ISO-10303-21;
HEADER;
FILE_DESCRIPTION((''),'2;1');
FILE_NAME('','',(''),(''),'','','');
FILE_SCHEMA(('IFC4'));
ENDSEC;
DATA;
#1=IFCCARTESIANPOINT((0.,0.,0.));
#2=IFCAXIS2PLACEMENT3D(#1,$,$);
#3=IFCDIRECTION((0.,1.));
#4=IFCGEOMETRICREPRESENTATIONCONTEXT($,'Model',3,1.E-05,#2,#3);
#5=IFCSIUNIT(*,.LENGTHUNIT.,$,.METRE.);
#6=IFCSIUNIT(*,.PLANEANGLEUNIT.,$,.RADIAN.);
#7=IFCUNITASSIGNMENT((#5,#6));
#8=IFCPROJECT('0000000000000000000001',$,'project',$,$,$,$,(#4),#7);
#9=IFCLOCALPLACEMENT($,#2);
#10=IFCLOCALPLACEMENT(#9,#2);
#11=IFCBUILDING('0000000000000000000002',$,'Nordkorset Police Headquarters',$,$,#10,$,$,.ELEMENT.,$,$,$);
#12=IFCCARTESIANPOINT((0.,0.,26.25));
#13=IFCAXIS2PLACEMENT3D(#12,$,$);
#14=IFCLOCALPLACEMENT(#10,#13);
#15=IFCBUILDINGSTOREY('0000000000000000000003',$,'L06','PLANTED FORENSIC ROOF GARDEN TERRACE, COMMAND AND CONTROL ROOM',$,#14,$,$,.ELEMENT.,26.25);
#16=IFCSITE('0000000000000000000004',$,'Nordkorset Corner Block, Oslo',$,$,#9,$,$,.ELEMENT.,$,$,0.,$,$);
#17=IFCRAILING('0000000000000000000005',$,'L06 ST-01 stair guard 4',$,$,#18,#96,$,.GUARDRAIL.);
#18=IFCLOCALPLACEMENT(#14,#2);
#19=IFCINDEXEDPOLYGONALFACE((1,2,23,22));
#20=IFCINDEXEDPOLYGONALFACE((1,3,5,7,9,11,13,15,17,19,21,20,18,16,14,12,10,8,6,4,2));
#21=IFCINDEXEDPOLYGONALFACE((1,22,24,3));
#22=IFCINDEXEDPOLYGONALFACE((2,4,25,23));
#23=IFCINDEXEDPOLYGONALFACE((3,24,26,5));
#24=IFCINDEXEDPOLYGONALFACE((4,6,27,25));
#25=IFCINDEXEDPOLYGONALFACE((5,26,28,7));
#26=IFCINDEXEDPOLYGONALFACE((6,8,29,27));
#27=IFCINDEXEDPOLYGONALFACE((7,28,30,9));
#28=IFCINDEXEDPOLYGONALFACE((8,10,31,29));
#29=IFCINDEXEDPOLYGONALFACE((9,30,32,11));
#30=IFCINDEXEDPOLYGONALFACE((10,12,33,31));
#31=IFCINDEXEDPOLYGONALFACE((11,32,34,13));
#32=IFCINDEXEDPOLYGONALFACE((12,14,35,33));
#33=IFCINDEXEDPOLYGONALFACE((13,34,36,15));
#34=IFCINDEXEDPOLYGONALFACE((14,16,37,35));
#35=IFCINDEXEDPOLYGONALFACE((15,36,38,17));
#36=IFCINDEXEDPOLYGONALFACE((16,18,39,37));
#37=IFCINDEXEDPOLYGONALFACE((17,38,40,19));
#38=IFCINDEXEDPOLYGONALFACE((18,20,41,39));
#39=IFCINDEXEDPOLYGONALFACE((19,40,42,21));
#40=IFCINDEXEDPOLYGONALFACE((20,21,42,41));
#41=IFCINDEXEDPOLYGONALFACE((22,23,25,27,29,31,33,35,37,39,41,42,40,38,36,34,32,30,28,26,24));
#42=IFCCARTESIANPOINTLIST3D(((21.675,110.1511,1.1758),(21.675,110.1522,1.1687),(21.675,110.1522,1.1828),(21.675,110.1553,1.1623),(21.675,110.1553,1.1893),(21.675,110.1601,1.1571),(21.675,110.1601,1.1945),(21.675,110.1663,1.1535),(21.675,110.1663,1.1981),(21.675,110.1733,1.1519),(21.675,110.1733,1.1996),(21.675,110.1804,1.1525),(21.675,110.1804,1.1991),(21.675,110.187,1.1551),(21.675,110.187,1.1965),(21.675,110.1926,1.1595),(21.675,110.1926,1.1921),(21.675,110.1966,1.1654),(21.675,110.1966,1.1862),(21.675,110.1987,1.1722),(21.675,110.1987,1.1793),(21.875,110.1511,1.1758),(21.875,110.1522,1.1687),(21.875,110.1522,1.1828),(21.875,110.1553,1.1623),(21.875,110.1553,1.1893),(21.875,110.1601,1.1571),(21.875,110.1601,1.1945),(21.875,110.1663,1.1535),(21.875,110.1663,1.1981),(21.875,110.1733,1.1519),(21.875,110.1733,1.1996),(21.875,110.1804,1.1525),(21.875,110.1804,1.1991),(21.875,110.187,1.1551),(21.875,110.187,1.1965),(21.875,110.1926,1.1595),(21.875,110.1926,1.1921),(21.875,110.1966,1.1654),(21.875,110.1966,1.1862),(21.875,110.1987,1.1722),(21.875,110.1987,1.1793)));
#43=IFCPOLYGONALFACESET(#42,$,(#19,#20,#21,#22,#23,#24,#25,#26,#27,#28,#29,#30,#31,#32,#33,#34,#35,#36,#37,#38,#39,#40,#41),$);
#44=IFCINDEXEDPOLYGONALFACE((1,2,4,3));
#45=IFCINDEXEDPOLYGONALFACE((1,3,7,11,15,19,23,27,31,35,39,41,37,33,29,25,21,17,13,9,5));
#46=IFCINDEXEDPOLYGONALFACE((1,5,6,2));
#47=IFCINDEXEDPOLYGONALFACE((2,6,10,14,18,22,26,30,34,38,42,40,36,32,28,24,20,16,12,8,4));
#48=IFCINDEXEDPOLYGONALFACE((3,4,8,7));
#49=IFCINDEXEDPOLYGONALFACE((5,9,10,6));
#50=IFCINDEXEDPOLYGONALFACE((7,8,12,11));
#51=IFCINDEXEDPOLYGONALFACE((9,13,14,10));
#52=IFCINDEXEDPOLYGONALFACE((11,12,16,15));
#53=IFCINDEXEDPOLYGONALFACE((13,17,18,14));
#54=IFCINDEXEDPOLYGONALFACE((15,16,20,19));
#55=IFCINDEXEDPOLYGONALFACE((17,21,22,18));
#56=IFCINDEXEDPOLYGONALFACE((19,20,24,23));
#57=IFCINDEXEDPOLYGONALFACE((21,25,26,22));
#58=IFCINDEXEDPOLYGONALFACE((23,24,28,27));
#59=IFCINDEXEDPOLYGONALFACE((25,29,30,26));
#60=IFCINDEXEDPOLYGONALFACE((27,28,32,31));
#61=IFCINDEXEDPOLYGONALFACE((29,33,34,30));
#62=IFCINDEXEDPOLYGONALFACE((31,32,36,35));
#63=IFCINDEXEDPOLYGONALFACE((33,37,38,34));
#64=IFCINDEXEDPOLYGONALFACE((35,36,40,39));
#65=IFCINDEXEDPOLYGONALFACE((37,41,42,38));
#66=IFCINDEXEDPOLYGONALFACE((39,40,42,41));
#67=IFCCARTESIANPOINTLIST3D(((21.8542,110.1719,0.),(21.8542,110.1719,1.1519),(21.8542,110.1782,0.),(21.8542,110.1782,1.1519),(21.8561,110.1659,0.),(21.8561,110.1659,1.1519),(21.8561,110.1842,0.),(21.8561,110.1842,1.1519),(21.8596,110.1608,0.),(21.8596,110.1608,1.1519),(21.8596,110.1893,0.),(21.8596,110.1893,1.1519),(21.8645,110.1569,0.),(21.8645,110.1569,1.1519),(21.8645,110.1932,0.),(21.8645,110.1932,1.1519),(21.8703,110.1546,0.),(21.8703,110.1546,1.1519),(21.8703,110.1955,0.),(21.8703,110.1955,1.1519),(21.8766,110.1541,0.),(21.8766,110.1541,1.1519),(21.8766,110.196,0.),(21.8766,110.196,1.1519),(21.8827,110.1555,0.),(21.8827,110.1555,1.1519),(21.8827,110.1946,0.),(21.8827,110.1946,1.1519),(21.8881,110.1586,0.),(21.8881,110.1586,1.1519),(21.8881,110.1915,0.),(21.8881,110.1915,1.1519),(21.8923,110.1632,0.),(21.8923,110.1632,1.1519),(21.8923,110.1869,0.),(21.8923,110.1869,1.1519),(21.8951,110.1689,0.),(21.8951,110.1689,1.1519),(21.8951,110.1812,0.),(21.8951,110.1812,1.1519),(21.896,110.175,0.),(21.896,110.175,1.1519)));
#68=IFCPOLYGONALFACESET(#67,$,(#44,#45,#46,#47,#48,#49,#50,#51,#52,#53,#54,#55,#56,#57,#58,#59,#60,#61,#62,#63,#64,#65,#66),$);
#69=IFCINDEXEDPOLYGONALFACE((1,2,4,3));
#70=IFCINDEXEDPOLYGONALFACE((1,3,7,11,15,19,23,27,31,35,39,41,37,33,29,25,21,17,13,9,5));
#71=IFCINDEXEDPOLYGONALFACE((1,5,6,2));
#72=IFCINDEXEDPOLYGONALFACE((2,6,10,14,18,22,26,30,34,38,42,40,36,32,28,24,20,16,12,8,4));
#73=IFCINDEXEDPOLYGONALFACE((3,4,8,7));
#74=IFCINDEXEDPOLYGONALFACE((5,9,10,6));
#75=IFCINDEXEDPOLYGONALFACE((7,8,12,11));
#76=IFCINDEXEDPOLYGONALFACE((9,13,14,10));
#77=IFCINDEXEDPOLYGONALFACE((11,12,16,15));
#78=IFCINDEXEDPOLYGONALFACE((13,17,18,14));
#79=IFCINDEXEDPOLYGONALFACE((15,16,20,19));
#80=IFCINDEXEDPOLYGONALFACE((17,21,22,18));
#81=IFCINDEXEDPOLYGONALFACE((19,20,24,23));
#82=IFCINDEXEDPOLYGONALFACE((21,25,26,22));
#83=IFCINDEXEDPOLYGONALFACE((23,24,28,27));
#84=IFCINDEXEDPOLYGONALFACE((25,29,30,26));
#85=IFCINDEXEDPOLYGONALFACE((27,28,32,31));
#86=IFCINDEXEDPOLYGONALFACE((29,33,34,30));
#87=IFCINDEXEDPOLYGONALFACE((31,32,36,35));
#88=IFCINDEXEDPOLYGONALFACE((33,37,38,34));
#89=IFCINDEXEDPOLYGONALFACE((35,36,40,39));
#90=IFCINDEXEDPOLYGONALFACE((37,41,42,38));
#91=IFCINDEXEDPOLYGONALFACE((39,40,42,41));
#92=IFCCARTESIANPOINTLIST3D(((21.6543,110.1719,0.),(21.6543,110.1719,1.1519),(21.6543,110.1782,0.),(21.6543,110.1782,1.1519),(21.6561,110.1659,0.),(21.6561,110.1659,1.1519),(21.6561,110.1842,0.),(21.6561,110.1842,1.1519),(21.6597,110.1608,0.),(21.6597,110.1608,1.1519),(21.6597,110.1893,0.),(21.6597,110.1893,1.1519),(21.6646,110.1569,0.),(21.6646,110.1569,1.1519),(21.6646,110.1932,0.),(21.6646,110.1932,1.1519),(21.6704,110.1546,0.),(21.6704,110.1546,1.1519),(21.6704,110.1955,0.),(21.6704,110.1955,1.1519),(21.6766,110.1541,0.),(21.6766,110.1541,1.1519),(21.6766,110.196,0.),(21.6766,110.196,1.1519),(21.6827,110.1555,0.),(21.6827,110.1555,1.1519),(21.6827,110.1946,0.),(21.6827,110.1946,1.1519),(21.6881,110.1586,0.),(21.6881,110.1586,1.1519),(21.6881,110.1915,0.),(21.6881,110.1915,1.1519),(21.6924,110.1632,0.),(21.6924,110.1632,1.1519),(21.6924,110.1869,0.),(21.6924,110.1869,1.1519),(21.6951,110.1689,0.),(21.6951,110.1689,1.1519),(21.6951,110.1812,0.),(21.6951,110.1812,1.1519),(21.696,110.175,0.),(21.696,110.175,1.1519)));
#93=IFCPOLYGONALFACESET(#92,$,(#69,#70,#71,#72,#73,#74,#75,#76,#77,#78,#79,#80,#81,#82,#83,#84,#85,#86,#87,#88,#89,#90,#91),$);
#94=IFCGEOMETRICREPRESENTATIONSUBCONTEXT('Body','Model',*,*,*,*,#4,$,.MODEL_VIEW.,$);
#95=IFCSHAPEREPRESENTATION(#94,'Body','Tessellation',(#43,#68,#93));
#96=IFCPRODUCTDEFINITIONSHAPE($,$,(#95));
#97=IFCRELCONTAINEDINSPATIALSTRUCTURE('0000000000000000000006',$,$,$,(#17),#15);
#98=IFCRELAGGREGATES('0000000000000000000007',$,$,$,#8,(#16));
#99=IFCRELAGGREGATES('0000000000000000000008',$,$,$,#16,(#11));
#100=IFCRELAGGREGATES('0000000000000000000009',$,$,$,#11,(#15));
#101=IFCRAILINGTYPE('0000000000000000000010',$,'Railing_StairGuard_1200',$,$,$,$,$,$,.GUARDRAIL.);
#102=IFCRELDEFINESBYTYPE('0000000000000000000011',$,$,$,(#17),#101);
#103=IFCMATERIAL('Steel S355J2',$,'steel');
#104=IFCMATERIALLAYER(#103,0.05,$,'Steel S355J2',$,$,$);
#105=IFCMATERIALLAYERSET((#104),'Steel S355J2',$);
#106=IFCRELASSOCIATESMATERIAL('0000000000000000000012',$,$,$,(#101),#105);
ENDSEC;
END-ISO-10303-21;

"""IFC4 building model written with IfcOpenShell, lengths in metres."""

from ifc_helpers import new_model, si_unit, direction, frame, origin, origin_2d, place, context, subcontext, project, spatial, circle, extrude, material, layer, layer_set, type_object, element, save


model = new_model("IFC4")

# Units and contexts
model_context = context("Model", 3, precision=1e-05, world=origin(), true_north=direction((0.0, 1.0)))
body_context = subcontext(model_context, "Body", "Model", "MODEL_VIEW")
ifc_project = project(units=[si_unit("LENGTHUNIT", "METRE"), si_unit("PLANEANGLEUNIT", "RADIAN")], contexts=[model_context])

# Site, building, storey
site_placement = place(None, origin())
site = spatial("IfcSite", under=ifc_project, at=site_placement, Name="Nordkorset Corner Block, Oslo", CompositionType="ELEMENT", RefElevation=0.0)
building_placement = place(site_placement, origin())
building = spatial("IfcBuilding", under=site, at=building_placement, Name="Nordkorset Police Headquarters", CompositionType="ELEMENT")
storey_placement = place(building_placement, frame((0.0, 0.0, 26.25)))
storey = spatial("IfcBuildingStorey", under=building, at=storey_placement, Name="L06", Description="PLANTED FORENSIC ROOF GARDEN TERRACE, COMMAND AND CONTROL ROOM", CompositionType="ELEMENT", Elevation=26.25)

# Railing
ifc_material_1 = material(Name="Steel S355J2", Category="steel")
ifc_layer_1 = layer(ifc_material_1, 0.05, Name="Steel S355J2")
ifc_layer_set_1 = layer_set([ifc_layer_1], Name="Steel S355J2")
railing_type_1 = type_object("IfcRailingType", Name="Railing_StairGuard_1200", PredefinedType="GUARDRAIL", material=ifc_layer_set_1)
railing_1_placement = place(storey_placement, frame((21.875, 110.175, 0.0)))
element("IfcRailing", 1, at=railing_1_placement, inside=storey, type_object=railing_type_1, Name="L06 ST-01 stair guard 4", PredefinedType="GUARDRAIL", context=body_context, shape_type="SweptSolid", body=[
    extrude(circle(Radius=0.0239, at=origin_2d()), frame((0.0, 0.0, 1.1758), z_axis=(-1.0, 0.0, 0.0), x_axis=(0.0, -1.0, 0.0)), (0.0, 0.0, 1.0), 0.2),
    extrude(circle(Radius=0.021, at=origin_2d()), origin(), (0.0, 0.0, 1.0), 1.1519),
    extrude(circle(Radius=0.021, at=origin_2d()), frame((-0.2, 0.0, 0.0)), (0.0, 0.0, 1.0), 1.1519),
])

save(model, "model.ifc")
